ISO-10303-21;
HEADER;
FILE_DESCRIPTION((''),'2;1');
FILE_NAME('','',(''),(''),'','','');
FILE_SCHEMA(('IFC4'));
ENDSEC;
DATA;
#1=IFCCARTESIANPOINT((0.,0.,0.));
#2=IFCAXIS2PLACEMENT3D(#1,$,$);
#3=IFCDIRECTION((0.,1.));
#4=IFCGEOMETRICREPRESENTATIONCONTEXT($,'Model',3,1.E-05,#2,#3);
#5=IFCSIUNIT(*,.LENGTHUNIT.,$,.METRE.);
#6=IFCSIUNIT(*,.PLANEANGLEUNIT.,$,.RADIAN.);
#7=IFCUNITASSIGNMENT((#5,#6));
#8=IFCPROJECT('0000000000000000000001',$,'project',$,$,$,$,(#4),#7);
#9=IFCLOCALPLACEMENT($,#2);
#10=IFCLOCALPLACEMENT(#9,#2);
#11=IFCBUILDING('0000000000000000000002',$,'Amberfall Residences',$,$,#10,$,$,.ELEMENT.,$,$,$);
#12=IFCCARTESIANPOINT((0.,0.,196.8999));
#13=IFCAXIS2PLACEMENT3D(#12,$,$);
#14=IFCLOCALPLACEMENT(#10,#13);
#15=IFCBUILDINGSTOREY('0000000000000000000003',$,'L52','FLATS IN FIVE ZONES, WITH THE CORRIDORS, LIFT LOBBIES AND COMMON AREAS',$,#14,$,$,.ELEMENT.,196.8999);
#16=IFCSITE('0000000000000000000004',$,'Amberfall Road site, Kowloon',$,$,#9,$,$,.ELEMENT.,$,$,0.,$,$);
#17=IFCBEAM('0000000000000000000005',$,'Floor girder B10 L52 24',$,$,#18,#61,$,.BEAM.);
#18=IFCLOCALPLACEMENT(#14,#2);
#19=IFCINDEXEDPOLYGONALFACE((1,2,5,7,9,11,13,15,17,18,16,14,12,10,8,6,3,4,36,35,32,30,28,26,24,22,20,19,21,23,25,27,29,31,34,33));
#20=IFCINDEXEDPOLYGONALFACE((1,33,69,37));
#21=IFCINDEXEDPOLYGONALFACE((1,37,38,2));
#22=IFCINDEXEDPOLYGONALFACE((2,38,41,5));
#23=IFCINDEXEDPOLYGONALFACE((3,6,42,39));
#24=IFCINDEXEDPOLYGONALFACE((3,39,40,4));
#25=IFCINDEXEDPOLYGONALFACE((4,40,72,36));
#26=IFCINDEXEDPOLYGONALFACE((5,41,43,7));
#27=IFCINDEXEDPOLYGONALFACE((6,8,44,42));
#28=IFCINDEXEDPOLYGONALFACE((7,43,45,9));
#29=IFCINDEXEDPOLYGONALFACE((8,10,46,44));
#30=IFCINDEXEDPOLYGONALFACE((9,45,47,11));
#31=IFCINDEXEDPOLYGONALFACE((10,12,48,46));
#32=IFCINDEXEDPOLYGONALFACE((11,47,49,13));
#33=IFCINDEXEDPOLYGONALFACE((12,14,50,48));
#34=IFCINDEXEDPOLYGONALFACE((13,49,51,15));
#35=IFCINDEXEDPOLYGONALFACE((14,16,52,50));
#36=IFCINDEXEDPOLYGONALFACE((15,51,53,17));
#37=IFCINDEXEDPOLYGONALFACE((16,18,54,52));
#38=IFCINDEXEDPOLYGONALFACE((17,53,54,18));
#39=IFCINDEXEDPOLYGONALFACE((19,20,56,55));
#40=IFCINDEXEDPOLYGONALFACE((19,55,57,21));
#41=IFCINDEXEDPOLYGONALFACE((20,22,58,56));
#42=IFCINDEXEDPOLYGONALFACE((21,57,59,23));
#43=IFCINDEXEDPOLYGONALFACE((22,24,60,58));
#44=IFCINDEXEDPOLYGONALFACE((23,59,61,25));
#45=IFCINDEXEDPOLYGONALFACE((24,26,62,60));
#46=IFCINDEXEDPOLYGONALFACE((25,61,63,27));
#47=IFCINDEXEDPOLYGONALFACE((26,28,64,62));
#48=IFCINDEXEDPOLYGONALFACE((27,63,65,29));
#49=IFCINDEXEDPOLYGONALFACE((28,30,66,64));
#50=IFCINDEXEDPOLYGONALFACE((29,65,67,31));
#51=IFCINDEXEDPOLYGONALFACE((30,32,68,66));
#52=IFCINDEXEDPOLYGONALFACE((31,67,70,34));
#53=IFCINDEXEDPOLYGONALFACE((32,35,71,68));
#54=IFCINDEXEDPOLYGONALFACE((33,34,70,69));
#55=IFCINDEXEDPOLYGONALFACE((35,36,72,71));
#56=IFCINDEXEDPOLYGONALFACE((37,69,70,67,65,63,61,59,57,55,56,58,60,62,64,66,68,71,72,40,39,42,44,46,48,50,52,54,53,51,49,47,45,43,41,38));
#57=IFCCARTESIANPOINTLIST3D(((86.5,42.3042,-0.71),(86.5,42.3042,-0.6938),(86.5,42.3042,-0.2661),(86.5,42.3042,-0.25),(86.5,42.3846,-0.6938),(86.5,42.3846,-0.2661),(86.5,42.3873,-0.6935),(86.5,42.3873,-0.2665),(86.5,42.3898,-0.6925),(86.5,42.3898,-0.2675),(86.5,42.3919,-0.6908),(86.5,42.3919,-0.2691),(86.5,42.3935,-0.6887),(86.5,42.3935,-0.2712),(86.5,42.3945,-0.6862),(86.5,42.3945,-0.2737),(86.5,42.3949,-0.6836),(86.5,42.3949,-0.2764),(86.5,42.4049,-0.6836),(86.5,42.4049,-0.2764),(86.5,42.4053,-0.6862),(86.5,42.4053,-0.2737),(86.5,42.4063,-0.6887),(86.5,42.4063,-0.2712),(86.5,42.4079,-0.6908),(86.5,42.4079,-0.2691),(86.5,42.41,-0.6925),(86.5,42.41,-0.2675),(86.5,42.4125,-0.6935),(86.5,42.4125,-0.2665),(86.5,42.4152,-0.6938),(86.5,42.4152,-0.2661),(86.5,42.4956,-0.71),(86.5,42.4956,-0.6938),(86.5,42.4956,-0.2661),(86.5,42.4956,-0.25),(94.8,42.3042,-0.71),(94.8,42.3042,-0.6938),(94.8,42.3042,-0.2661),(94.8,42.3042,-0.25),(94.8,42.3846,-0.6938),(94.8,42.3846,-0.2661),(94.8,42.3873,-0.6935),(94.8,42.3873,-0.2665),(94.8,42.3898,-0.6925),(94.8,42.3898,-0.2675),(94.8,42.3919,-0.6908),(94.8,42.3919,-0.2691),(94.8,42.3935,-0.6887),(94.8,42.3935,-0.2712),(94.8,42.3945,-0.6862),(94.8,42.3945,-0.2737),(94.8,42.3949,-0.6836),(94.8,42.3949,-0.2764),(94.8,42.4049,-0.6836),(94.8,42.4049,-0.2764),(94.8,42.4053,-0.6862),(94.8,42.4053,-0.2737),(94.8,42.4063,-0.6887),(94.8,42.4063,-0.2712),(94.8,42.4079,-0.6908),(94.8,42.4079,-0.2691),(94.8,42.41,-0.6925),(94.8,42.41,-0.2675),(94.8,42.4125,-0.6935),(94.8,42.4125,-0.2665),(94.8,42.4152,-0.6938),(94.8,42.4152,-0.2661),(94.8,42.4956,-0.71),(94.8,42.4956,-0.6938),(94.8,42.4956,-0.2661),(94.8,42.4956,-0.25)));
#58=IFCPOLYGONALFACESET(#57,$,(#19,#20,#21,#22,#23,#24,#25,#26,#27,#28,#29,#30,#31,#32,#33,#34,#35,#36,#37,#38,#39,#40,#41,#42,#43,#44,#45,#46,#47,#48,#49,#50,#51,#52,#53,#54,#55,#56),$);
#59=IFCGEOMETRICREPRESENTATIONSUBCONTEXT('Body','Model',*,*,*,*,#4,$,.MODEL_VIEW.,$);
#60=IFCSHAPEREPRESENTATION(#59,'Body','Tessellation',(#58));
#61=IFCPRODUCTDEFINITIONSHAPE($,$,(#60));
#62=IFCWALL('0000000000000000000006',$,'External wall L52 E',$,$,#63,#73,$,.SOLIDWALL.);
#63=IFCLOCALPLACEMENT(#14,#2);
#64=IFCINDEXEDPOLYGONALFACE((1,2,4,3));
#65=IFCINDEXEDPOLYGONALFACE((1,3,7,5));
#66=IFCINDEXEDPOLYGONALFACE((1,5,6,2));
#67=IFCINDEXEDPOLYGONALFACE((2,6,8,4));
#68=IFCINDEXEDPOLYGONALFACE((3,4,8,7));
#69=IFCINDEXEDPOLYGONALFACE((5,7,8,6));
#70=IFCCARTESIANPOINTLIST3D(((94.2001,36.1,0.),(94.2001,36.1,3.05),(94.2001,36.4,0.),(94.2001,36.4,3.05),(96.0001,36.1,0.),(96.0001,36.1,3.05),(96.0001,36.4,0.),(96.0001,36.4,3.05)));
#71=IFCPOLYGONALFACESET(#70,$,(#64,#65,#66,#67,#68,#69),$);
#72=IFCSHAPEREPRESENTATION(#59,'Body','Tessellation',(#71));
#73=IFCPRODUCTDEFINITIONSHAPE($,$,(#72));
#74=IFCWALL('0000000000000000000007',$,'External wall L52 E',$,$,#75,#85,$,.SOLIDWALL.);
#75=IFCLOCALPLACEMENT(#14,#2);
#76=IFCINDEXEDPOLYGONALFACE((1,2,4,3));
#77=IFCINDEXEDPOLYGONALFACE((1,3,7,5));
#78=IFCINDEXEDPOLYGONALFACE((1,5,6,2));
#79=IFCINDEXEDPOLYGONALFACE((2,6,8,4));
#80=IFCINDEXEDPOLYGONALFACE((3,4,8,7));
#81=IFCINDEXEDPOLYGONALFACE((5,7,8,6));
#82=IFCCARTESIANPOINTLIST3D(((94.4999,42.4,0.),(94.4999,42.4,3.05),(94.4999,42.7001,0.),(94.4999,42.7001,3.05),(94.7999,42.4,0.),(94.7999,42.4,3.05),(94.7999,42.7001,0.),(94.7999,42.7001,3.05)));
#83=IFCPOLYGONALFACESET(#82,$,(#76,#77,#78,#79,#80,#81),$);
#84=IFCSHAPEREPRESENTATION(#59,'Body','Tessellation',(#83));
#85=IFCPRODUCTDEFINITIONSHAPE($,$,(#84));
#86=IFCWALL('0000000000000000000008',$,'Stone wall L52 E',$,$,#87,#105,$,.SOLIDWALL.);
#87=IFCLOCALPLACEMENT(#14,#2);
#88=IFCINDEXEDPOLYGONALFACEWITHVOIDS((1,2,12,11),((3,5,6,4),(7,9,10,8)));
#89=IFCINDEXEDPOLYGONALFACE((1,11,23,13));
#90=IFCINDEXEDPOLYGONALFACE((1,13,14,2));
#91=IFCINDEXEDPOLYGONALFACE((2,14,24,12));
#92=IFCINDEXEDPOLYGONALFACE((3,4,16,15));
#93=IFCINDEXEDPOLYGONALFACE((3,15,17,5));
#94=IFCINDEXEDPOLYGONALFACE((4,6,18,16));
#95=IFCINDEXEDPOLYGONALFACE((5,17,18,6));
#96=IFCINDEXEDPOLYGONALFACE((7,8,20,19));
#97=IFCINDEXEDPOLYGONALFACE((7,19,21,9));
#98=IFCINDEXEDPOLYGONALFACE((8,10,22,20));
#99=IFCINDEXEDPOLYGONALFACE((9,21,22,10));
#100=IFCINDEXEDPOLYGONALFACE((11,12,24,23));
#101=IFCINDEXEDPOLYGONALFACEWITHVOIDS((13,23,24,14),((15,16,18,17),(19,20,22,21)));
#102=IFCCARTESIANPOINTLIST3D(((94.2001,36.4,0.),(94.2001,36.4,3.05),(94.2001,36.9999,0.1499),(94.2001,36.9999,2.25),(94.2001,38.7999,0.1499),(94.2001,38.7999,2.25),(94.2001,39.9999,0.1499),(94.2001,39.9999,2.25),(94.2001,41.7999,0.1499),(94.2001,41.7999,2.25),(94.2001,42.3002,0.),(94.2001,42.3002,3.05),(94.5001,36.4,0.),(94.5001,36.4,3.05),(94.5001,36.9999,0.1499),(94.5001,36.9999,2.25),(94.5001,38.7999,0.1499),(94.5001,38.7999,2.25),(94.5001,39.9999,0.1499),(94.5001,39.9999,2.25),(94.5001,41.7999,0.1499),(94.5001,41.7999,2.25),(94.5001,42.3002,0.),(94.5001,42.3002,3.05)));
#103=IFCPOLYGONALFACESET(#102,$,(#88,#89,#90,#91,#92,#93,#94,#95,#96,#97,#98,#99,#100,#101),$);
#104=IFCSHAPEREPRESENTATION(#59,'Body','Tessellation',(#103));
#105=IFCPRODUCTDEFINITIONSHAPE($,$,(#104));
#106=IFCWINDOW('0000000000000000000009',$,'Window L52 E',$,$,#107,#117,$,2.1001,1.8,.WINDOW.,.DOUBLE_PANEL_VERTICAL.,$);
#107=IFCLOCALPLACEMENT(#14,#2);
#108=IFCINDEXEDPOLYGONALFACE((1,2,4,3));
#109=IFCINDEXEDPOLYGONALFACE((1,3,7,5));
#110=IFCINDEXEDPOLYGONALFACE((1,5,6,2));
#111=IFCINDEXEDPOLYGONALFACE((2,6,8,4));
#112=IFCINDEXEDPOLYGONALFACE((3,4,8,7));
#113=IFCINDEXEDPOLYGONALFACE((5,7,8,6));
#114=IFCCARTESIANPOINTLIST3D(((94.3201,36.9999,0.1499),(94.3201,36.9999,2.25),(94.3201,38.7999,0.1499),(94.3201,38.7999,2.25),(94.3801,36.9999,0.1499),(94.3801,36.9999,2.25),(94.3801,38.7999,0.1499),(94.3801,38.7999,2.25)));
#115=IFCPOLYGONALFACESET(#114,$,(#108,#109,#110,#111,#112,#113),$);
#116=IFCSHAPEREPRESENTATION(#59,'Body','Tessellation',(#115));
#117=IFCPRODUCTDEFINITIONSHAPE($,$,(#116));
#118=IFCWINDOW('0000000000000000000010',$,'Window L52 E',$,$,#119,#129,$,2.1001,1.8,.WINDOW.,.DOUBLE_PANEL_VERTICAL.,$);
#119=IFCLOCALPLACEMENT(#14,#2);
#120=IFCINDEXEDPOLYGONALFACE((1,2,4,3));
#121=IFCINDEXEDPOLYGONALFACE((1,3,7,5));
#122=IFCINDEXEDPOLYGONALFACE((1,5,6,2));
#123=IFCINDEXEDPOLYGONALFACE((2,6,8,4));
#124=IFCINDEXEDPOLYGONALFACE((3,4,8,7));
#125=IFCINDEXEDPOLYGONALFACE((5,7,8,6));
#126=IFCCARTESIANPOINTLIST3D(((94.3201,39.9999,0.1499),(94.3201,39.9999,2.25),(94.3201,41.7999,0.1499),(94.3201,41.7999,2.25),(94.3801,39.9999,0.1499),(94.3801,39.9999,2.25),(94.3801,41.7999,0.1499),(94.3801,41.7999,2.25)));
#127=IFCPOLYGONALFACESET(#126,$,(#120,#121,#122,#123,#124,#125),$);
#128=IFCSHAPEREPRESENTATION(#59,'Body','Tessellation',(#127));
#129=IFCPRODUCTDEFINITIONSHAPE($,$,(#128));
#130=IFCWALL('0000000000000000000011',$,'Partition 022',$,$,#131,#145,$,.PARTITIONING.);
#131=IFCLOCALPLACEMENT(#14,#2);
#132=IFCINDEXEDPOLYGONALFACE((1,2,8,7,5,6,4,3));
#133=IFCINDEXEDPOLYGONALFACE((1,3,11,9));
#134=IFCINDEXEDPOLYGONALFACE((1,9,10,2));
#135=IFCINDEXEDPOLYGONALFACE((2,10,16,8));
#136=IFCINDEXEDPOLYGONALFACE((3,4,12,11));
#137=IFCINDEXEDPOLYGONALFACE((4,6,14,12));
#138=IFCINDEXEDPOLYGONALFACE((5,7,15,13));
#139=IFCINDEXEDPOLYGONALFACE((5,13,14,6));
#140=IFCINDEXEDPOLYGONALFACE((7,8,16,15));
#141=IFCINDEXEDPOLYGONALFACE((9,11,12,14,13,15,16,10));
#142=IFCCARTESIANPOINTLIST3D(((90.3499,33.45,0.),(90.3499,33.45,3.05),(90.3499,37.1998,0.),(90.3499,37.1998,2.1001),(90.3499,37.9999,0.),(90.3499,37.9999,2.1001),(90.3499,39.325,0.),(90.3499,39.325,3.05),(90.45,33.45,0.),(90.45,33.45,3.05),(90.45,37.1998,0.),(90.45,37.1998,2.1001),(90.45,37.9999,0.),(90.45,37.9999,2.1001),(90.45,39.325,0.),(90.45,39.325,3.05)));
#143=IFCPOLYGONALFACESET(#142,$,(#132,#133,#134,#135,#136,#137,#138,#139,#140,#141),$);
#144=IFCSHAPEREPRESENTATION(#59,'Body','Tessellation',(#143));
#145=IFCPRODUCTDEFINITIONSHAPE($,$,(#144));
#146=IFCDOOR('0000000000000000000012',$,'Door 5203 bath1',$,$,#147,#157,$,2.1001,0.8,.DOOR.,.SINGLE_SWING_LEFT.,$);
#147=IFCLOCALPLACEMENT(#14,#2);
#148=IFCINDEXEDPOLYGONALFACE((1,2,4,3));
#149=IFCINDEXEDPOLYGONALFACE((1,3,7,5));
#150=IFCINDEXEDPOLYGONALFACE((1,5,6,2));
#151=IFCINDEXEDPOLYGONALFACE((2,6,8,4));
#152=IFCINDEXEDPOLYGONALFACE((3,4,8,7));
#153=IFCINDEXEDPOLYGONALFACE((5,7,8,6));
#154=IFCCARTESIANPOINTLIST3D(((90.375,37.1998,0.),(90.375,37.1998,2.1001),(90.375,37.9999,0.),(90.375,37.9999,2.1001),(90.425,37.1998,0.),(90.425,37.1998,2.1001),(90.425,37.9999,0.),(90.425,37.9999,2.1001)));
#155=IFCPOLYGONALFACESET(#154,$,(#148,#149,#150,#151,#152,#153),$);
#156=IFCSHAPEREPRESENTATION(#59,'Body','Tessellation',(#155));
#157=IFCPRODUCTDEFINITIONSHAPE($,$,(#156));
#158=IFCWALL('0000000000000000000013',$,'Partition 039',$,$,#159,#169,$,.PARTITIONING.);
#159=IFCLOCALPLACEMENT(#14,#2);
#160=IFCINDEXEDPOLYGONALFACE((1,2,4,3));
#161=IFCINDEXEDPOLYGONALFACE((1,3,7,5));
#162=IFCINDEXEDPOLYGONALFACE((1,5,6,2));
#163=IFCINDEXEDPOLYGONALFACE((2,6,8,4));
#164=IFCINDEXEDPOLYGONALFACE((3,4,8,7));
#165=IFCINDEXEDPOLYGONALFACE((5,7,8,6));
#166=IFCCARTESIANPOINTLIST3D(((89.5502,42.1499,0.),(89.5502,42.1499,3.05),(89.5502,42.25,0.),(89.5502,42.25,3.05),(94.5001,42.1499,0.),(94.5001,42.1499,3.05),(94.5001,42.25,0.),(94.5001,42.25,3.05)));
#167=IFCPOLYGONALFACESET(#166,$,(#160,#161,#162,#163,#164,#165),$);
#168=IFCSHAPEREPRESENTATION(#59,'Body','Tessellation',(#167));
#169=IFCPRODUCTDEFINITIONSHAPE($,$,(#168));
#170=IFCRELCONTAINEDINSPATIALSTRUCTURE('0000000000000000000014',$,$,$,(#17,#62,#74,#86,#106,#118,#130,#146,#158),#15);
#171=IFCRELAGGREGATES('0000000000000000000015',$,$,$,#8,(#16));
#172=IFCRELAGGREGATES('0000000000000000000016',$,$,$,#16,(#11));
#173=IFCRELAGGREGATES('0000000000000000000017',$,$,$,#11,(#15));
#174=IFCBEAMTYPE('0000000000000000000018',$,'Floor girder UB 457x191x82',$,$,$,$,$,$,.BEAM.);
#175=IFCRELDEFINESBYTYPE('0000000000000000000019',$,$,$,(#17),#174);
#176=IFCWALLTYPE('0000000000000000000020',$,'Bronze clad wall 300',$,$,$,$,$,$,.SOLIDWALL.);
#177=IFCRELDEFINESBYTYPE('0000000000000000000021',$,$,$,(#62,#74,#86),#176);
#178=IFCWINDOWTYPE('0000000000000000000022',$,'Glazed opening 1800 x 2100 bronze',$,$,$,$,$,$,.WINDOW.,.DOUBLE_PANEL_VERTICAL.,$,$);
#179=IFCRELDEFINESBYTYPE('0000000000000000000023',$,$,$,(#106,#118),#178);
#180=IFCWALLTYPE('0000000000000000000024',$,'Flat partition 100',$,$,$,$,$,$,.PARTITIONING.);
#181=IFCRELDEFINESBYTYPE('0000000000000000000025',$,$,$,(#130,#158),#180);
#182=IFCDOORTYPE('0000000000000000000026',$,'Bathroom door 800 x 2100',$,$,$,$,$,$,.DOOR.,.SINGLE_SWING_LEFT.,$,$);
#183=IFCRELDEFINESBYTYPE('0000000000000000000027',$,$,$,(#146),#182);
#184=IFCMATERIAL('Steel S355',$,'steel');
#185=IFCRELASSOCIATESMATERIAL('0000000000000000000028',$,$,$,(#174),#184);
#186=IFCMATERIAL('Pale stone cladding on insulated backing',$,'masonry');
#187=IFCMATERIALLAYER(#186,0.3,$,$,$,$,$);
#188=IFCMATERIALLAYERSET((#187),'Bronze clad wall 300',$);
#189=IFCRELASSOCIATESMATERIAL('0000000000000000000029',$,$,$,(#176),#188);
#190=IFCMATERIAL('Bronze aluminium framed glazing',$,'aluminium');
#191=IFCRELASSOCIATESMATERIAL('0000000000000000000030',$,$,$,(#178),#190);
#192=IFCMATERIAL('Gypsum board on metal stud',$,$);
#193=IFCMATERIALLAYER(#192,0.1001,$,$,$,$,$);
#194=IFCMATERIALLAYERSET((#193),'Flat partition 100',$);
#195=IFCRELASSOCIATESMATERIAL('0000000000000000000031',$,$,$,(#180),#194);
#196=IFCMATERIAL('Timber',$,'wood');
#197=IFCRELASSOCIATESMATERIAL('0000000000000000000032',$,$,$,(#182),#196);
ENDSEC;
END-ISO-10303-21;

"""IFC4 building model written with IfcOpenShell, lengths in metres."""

from ifc_helpers import new_model, si_unit, direction, frame, frame_2d, origin, origin_2d, place, context, subcontext, project, spatial, rectangle, i_section, extrude, material, layer, layer_set, material_profile, profile_set, type_object, element, fill, save


model = new_model("IFC4")

# Units and contexts
model_context = context("Model", 3, precision=1e-05, world=origin(), true_north=direction((0.0, 1.0)))
body_context = subcontext(model_context, "Body", "Model", "MODEL_VIEW")
ifc_project = project(units=[si_unit("LENGTHUNIT", "METRE"), si_unit("PLANEANGLEUNIT", "RADIAN")], contexts=[model_context])

# Site, building, storey
site_placement = place(None, origin())
site = spatial("IfcSite", under=ifc_project, at=site_placement, Name="Amberfall Road site, Kowloon", CompositionType="ELEMENT", RefElevation=0.0)
building_placement = place(site_placement, origin())
building = spatial("IfcBuilding", under=site, at=building_placement, Name="Amberfall Residences", CompositionType="ELEMENT")
storey_placement = place(building_placement, frame((0.0, 0.0, 196.8999)))
storey = spatial("IfcBuildingStorey", under=building, at=storey_placement, Name="L52", Description="FLATS IN FIVE ZONES, WITH THE CORRIDORS, LIFT LOBBIES AND COMMON AREAS", CompositionType="ELEMENT", Elevation=196.8999)

# Beam
ifc_material_1 = material(Name="Steel S355", Category="steel")
ifc_material_profile_1 = material_profile(ifc_material_1, i_section(OverallWidth=0.1914, OverallDepth=0.46, WebThickness=0.01, FlangeThickness=0.0161, FilletRadius=0.0103, at=origin_2d()), Name="UB 457x191x82")
ifc_profile_set_1 = profile_set([ifc_material_profile_1], Name="Steel S355")
beam_type_1 = type_object("IfcBeamType", Name="Floor girder UB 457x191x82", PredefinedType="BEAM", material=ifc_profile_set_1)
beam_1_placement = place(storey_placement, frame((94.8, 42.3999, -0.48), z_axis=(-1.0, 0.0, 0.0), x_axis=(0.0, -1.0, 0.0)))
element("IfcBeam", 1, at=beam_1_placement, inside=storey, type_object=beam_type_1, Name="Floor girder B10 L52 24", PredefinedType="BEAM", context=body_context, shape_type="SweptSolid", body=[
    extrude(i_section(OverallWidth=0.1914, OverallDepth=0.46, WebThickness=0.01, FlangeThickness=0.0161, FilletRadius=0.0103, at=origin_2d()), origin(), (0.0, 0.0, 1.0), 8.3),
])

# Walls
ifc_material_2 = material(Name="Pale stone cladding on insulated backing", Category="masonry")
ifc_layer_1 = layer(ifc_material_2, 0.3)
ifc_layer_set_1 = layer_set([ifc_layer_1], Name="Bronze clad wall 300")
wall_type_1 = type_object("IfcWallType", Name="Bronze clad wall 300", PredefinedType="SOLIDWALL", material=ifc_layer_set_1)
wall_1_placement = place(storey_placement, frame((96.0, 36.25, 0.0), z_axis=(0.0, 0.0, 1.0), x_axis=(-1.0, 0.0, 0.0)))
element("IfcWall", 2, at=wall_1_placement, inside=storey, type_object=wall_type_1, Name="External wall L52 E", PredefinedType="SOLIDWALL", context=body_context, shape_type="SweptSolid", body=[
    extrude(rectangle(XDim=1.8, YDim=0.3, at=frame_2d((0.8999, 0.0))), origin(), (0.0, 0.0, 1.0), 3.05),
])
wall_2_placement = place(storey_placement, frame((94.5, 42.55, 0.0), z_axis=(0.0, 0.0, 1.0), x_axis=(1.0, 0.0, 0.0)))
element("IfcWall", 3, at=wall_2_placement, inside=storey, type_object=wall_type_1, Name="External wall L52 E", PredefinedType="SOLIDWALL", context=body_context, shape_type="SweptSolid", body=[
    extrude(rectangle(XDim=0.3, YDim=0.3, at=frame_2d((0.1499, 0.0))), origin(), (0.0, 0.0, 1.0), 3.05),
])

# Wall, openings, windows
wall_3_placement = place(storey_placement, frame((94.3501, 36.3999, 0.0), z_axis=(0.0, 0.0, 1.0), x_axis=(0.0, 1.0, 0.0)))
wall_3 = element("IfcWall", 4, at=wall_3_placement, inside=storey, type_object=wall_type_1, Name="Stone wall L52 E", PredefinedType="SOLIDWALL", context=body_context, shape_type="SweptSolid", body=[
    extrude(rectangle(XDim=5.9001, YDim=0.3, at=frame_2d((2.9502, 0.0))), origin(), (0.0, 0.0, 1.0), 3.05),
])
opening_1_placement = place(wall_3_placement, frame((0.6001, 0.0, 0.1499)))
opening_1 = element("IfcOpeningElement", 5, at=opening_1_placement, cuts=wall_3, PredefinedType="OPENING", context=body_context, shape_type="SweptSolid", body=[
    extrude(rectangle(XDim=1.8, YDim=2.1001, at=frame_2d((0.8999, 1.05))), frame((0.0, 0.1599, 0.0), z_axis=(0.0, -1.0, 0.0), x_axis=(1.0, 0.0, 0.0)), (0.0, 0.0, 1.0), 0.3201),
])
opening_2_placement = place(wall_3_placement, frame((3.6001, 0.0, 0.1499)))
opening_2 = element("IfcOpeningElement", 6, at=opening_2_placement, cuts=wall_3, PredefinedType="OPENING", context=body_context, shape_type="SweptSolid", body=[
    extrude(rectangle(XDim=1.8, YDim=2.1001, at=frame_2d((0.8999, 1.05))), frame((0.0, 0.1599, 0.0), z_axis=(0.0, -1.0, 0.0), x_axis=(1.0, 0.0, 0.0)), (0.0, 0.0, 1.0), 0.3201),
])
ifc_material_3 = material(Name="Bronze aluminium framed glazing", Category="aluminium")
window_type = type_object("IfcWindowType", Name="Glazed opening 1800 x 2100 bronze", PartitioningType="DOUBLE_PANEL_VERTICAL", PredefinedType="WINDOW", material=ifc_material_3)
window_1_placement = place(opening_1_placement, origin())
window_1 = element("IfcWindow", 7, at=window_1_placement, inside=storey, type_object=window_type, Name="Window L52 E", OverallHeight=2.1001, OverallWidth=1.8, PartitioningType="DOUBLE_PANEL_VERTICAL", PredefinedType="WINDOW", context=body_context, shape_type="SweptSolid", body=[
    extrude(rectangle(XDim=1.8, YDim=2.1001, at=frame_2d((0.8999, 1.05))), frame((0.0, 0.03, 0.0), z_axis=(0.0, -1.0, 0.0), x_axis=(1.0, 0.0, 0.0)), (0.0, 0.0, 1.0), 0.0601),
])
fill(opening_1, window_1)
window_2_placement = place(opening_2_placement, origin())
window_2 = element("IfcWindow", 8, at=window_2_placement, inside=storey, type_object=window_type, Name="Window L52 E", OverallHeight=2.1001, OverallWidth=1.8, PartitioningType="DOUBLE_PANEL_VERTICAL", PredefinedType="WINDOW", context=body_context, shape_type="SweptSolid", body=[
    extrude(rectangle(XDim=1.8, YDim=2.1001, at=frame_2d((0.8999, 1.05))), frame((0.0, 0.03, 0.0), z_axis=(0.0, -1.0, 0.0), x_axis=(1.0, 0.0, 0.0)), (0.0, 0.0, 1.0), 0.0601),
])
fill(opening_2, window_2)

# Wall, opening, door
ifc_material_4 = material(Name="Gypsum board on metal stud")
ifc_layer_2 = layer(ifc_material_4, 0.1001)
ifc_layer_set_2 = layer_set([ifc_layer_2], Name="Flat partition 100")
wall_type_2 = type_object("IfcWallType", Name="Flat partition 100", PredefinedType="PARTITIONING", material=ifc_layer_set_2)
wall_4_placement = place(storey_placement, frame((90.3999, 33.45, 0.0), z_axis=(0.0, 0.0, 1.0), x_axis=(0.0, 1.0, 0.0)))
wall_4 = element("IfcWall", 9, at=wall_4_placement, inside=storey, type_object=wall_type_2, Name="Partition 022", PredefinedType="PARTITIONING", context=body_context, shape_type="SweptSolid", body=[
    extrude(rectangle(XDim=5.875, YDim=0.1001, at=frame_2d((2.9375, 0.0))), origin(), (0.0, 0.0, 1.0), 3.05),
])
opening_3_placement = place(wall_4_placement, frame((3.75, 0.0, 0.0)))
opening_3 = element("IfcOpeningElement", 10, at=opening_3_placement, cuts=wall_4, PredefinedType="OPENING", context=body_context, shape_type="SweptSolid", body=[
    extrude(rectangle(XDim=0.8, YDim=2.1001, at=frame_2d((0.3999, 1.05))), frame((0.0, 0.0601, 0.0), z_axis=(0.0, -1.0, 0.0), x_axis=(1.0, 0.0, 0.0)), (0.0, 0.0, 1.0), 0.1201),
])
ifc_material_5 = material(Name="Timber", Category="wood")
door_type_1 = type_object("IfcDoorType", Name="Bathroom door 800 x 2100", OperationType="SINGLE_SWING_LEFT", PredefinedType="DOOR", material=ifc_material_5)
door_1_placement = place(opening_3_placement, origin())
door_1 = element("IfcDoor", 11, at=door_1_placement, inside=storey, type_object=door_type_1, Name="Door 5203 bath1", OperationType="SINGLE_SWING_LEFT", OverallHeight=2.1001, OverallWidth=0.8, PredefinedType="DOOR", context=body_context, shape_type="SweptSolid", body=[
    extrude(rectangle(XDim=0.8, YDim=2.1001, at=frame_2d((0.3999, 1.05))), frame((0.0, 0.0249, 0.0), z_axis=(0.0, -1.0, 0.0), x_axis=(1.0, 0.0, 0.0)), (0.0, 0.0, 1.0), 0.05),
])
fill(opening_3, door_1)

# Wall
wall_5_placement = place(storey_placement, frame((89.55, 42.2, 0.0), z_axis=(0.0, 0.0, 1.0), x_axis=(1.0, 0.0, 0.0)))
element("IfcWall", 12, at=wall_5_placement, inside=storey, type_object=wall_type_2, Name="Partition 039", PredefinedType="PARTITIONING", context=body_context, shape_type="SweptSolid", body=[
    extrude(rectangle(XDim=4.95, YDim=0.1001, at=frame_2d((2.4751, 0.0))), origin(), (0.0, 0.0, 1.0), 3.05),
])

save(model, "model.ifc")
